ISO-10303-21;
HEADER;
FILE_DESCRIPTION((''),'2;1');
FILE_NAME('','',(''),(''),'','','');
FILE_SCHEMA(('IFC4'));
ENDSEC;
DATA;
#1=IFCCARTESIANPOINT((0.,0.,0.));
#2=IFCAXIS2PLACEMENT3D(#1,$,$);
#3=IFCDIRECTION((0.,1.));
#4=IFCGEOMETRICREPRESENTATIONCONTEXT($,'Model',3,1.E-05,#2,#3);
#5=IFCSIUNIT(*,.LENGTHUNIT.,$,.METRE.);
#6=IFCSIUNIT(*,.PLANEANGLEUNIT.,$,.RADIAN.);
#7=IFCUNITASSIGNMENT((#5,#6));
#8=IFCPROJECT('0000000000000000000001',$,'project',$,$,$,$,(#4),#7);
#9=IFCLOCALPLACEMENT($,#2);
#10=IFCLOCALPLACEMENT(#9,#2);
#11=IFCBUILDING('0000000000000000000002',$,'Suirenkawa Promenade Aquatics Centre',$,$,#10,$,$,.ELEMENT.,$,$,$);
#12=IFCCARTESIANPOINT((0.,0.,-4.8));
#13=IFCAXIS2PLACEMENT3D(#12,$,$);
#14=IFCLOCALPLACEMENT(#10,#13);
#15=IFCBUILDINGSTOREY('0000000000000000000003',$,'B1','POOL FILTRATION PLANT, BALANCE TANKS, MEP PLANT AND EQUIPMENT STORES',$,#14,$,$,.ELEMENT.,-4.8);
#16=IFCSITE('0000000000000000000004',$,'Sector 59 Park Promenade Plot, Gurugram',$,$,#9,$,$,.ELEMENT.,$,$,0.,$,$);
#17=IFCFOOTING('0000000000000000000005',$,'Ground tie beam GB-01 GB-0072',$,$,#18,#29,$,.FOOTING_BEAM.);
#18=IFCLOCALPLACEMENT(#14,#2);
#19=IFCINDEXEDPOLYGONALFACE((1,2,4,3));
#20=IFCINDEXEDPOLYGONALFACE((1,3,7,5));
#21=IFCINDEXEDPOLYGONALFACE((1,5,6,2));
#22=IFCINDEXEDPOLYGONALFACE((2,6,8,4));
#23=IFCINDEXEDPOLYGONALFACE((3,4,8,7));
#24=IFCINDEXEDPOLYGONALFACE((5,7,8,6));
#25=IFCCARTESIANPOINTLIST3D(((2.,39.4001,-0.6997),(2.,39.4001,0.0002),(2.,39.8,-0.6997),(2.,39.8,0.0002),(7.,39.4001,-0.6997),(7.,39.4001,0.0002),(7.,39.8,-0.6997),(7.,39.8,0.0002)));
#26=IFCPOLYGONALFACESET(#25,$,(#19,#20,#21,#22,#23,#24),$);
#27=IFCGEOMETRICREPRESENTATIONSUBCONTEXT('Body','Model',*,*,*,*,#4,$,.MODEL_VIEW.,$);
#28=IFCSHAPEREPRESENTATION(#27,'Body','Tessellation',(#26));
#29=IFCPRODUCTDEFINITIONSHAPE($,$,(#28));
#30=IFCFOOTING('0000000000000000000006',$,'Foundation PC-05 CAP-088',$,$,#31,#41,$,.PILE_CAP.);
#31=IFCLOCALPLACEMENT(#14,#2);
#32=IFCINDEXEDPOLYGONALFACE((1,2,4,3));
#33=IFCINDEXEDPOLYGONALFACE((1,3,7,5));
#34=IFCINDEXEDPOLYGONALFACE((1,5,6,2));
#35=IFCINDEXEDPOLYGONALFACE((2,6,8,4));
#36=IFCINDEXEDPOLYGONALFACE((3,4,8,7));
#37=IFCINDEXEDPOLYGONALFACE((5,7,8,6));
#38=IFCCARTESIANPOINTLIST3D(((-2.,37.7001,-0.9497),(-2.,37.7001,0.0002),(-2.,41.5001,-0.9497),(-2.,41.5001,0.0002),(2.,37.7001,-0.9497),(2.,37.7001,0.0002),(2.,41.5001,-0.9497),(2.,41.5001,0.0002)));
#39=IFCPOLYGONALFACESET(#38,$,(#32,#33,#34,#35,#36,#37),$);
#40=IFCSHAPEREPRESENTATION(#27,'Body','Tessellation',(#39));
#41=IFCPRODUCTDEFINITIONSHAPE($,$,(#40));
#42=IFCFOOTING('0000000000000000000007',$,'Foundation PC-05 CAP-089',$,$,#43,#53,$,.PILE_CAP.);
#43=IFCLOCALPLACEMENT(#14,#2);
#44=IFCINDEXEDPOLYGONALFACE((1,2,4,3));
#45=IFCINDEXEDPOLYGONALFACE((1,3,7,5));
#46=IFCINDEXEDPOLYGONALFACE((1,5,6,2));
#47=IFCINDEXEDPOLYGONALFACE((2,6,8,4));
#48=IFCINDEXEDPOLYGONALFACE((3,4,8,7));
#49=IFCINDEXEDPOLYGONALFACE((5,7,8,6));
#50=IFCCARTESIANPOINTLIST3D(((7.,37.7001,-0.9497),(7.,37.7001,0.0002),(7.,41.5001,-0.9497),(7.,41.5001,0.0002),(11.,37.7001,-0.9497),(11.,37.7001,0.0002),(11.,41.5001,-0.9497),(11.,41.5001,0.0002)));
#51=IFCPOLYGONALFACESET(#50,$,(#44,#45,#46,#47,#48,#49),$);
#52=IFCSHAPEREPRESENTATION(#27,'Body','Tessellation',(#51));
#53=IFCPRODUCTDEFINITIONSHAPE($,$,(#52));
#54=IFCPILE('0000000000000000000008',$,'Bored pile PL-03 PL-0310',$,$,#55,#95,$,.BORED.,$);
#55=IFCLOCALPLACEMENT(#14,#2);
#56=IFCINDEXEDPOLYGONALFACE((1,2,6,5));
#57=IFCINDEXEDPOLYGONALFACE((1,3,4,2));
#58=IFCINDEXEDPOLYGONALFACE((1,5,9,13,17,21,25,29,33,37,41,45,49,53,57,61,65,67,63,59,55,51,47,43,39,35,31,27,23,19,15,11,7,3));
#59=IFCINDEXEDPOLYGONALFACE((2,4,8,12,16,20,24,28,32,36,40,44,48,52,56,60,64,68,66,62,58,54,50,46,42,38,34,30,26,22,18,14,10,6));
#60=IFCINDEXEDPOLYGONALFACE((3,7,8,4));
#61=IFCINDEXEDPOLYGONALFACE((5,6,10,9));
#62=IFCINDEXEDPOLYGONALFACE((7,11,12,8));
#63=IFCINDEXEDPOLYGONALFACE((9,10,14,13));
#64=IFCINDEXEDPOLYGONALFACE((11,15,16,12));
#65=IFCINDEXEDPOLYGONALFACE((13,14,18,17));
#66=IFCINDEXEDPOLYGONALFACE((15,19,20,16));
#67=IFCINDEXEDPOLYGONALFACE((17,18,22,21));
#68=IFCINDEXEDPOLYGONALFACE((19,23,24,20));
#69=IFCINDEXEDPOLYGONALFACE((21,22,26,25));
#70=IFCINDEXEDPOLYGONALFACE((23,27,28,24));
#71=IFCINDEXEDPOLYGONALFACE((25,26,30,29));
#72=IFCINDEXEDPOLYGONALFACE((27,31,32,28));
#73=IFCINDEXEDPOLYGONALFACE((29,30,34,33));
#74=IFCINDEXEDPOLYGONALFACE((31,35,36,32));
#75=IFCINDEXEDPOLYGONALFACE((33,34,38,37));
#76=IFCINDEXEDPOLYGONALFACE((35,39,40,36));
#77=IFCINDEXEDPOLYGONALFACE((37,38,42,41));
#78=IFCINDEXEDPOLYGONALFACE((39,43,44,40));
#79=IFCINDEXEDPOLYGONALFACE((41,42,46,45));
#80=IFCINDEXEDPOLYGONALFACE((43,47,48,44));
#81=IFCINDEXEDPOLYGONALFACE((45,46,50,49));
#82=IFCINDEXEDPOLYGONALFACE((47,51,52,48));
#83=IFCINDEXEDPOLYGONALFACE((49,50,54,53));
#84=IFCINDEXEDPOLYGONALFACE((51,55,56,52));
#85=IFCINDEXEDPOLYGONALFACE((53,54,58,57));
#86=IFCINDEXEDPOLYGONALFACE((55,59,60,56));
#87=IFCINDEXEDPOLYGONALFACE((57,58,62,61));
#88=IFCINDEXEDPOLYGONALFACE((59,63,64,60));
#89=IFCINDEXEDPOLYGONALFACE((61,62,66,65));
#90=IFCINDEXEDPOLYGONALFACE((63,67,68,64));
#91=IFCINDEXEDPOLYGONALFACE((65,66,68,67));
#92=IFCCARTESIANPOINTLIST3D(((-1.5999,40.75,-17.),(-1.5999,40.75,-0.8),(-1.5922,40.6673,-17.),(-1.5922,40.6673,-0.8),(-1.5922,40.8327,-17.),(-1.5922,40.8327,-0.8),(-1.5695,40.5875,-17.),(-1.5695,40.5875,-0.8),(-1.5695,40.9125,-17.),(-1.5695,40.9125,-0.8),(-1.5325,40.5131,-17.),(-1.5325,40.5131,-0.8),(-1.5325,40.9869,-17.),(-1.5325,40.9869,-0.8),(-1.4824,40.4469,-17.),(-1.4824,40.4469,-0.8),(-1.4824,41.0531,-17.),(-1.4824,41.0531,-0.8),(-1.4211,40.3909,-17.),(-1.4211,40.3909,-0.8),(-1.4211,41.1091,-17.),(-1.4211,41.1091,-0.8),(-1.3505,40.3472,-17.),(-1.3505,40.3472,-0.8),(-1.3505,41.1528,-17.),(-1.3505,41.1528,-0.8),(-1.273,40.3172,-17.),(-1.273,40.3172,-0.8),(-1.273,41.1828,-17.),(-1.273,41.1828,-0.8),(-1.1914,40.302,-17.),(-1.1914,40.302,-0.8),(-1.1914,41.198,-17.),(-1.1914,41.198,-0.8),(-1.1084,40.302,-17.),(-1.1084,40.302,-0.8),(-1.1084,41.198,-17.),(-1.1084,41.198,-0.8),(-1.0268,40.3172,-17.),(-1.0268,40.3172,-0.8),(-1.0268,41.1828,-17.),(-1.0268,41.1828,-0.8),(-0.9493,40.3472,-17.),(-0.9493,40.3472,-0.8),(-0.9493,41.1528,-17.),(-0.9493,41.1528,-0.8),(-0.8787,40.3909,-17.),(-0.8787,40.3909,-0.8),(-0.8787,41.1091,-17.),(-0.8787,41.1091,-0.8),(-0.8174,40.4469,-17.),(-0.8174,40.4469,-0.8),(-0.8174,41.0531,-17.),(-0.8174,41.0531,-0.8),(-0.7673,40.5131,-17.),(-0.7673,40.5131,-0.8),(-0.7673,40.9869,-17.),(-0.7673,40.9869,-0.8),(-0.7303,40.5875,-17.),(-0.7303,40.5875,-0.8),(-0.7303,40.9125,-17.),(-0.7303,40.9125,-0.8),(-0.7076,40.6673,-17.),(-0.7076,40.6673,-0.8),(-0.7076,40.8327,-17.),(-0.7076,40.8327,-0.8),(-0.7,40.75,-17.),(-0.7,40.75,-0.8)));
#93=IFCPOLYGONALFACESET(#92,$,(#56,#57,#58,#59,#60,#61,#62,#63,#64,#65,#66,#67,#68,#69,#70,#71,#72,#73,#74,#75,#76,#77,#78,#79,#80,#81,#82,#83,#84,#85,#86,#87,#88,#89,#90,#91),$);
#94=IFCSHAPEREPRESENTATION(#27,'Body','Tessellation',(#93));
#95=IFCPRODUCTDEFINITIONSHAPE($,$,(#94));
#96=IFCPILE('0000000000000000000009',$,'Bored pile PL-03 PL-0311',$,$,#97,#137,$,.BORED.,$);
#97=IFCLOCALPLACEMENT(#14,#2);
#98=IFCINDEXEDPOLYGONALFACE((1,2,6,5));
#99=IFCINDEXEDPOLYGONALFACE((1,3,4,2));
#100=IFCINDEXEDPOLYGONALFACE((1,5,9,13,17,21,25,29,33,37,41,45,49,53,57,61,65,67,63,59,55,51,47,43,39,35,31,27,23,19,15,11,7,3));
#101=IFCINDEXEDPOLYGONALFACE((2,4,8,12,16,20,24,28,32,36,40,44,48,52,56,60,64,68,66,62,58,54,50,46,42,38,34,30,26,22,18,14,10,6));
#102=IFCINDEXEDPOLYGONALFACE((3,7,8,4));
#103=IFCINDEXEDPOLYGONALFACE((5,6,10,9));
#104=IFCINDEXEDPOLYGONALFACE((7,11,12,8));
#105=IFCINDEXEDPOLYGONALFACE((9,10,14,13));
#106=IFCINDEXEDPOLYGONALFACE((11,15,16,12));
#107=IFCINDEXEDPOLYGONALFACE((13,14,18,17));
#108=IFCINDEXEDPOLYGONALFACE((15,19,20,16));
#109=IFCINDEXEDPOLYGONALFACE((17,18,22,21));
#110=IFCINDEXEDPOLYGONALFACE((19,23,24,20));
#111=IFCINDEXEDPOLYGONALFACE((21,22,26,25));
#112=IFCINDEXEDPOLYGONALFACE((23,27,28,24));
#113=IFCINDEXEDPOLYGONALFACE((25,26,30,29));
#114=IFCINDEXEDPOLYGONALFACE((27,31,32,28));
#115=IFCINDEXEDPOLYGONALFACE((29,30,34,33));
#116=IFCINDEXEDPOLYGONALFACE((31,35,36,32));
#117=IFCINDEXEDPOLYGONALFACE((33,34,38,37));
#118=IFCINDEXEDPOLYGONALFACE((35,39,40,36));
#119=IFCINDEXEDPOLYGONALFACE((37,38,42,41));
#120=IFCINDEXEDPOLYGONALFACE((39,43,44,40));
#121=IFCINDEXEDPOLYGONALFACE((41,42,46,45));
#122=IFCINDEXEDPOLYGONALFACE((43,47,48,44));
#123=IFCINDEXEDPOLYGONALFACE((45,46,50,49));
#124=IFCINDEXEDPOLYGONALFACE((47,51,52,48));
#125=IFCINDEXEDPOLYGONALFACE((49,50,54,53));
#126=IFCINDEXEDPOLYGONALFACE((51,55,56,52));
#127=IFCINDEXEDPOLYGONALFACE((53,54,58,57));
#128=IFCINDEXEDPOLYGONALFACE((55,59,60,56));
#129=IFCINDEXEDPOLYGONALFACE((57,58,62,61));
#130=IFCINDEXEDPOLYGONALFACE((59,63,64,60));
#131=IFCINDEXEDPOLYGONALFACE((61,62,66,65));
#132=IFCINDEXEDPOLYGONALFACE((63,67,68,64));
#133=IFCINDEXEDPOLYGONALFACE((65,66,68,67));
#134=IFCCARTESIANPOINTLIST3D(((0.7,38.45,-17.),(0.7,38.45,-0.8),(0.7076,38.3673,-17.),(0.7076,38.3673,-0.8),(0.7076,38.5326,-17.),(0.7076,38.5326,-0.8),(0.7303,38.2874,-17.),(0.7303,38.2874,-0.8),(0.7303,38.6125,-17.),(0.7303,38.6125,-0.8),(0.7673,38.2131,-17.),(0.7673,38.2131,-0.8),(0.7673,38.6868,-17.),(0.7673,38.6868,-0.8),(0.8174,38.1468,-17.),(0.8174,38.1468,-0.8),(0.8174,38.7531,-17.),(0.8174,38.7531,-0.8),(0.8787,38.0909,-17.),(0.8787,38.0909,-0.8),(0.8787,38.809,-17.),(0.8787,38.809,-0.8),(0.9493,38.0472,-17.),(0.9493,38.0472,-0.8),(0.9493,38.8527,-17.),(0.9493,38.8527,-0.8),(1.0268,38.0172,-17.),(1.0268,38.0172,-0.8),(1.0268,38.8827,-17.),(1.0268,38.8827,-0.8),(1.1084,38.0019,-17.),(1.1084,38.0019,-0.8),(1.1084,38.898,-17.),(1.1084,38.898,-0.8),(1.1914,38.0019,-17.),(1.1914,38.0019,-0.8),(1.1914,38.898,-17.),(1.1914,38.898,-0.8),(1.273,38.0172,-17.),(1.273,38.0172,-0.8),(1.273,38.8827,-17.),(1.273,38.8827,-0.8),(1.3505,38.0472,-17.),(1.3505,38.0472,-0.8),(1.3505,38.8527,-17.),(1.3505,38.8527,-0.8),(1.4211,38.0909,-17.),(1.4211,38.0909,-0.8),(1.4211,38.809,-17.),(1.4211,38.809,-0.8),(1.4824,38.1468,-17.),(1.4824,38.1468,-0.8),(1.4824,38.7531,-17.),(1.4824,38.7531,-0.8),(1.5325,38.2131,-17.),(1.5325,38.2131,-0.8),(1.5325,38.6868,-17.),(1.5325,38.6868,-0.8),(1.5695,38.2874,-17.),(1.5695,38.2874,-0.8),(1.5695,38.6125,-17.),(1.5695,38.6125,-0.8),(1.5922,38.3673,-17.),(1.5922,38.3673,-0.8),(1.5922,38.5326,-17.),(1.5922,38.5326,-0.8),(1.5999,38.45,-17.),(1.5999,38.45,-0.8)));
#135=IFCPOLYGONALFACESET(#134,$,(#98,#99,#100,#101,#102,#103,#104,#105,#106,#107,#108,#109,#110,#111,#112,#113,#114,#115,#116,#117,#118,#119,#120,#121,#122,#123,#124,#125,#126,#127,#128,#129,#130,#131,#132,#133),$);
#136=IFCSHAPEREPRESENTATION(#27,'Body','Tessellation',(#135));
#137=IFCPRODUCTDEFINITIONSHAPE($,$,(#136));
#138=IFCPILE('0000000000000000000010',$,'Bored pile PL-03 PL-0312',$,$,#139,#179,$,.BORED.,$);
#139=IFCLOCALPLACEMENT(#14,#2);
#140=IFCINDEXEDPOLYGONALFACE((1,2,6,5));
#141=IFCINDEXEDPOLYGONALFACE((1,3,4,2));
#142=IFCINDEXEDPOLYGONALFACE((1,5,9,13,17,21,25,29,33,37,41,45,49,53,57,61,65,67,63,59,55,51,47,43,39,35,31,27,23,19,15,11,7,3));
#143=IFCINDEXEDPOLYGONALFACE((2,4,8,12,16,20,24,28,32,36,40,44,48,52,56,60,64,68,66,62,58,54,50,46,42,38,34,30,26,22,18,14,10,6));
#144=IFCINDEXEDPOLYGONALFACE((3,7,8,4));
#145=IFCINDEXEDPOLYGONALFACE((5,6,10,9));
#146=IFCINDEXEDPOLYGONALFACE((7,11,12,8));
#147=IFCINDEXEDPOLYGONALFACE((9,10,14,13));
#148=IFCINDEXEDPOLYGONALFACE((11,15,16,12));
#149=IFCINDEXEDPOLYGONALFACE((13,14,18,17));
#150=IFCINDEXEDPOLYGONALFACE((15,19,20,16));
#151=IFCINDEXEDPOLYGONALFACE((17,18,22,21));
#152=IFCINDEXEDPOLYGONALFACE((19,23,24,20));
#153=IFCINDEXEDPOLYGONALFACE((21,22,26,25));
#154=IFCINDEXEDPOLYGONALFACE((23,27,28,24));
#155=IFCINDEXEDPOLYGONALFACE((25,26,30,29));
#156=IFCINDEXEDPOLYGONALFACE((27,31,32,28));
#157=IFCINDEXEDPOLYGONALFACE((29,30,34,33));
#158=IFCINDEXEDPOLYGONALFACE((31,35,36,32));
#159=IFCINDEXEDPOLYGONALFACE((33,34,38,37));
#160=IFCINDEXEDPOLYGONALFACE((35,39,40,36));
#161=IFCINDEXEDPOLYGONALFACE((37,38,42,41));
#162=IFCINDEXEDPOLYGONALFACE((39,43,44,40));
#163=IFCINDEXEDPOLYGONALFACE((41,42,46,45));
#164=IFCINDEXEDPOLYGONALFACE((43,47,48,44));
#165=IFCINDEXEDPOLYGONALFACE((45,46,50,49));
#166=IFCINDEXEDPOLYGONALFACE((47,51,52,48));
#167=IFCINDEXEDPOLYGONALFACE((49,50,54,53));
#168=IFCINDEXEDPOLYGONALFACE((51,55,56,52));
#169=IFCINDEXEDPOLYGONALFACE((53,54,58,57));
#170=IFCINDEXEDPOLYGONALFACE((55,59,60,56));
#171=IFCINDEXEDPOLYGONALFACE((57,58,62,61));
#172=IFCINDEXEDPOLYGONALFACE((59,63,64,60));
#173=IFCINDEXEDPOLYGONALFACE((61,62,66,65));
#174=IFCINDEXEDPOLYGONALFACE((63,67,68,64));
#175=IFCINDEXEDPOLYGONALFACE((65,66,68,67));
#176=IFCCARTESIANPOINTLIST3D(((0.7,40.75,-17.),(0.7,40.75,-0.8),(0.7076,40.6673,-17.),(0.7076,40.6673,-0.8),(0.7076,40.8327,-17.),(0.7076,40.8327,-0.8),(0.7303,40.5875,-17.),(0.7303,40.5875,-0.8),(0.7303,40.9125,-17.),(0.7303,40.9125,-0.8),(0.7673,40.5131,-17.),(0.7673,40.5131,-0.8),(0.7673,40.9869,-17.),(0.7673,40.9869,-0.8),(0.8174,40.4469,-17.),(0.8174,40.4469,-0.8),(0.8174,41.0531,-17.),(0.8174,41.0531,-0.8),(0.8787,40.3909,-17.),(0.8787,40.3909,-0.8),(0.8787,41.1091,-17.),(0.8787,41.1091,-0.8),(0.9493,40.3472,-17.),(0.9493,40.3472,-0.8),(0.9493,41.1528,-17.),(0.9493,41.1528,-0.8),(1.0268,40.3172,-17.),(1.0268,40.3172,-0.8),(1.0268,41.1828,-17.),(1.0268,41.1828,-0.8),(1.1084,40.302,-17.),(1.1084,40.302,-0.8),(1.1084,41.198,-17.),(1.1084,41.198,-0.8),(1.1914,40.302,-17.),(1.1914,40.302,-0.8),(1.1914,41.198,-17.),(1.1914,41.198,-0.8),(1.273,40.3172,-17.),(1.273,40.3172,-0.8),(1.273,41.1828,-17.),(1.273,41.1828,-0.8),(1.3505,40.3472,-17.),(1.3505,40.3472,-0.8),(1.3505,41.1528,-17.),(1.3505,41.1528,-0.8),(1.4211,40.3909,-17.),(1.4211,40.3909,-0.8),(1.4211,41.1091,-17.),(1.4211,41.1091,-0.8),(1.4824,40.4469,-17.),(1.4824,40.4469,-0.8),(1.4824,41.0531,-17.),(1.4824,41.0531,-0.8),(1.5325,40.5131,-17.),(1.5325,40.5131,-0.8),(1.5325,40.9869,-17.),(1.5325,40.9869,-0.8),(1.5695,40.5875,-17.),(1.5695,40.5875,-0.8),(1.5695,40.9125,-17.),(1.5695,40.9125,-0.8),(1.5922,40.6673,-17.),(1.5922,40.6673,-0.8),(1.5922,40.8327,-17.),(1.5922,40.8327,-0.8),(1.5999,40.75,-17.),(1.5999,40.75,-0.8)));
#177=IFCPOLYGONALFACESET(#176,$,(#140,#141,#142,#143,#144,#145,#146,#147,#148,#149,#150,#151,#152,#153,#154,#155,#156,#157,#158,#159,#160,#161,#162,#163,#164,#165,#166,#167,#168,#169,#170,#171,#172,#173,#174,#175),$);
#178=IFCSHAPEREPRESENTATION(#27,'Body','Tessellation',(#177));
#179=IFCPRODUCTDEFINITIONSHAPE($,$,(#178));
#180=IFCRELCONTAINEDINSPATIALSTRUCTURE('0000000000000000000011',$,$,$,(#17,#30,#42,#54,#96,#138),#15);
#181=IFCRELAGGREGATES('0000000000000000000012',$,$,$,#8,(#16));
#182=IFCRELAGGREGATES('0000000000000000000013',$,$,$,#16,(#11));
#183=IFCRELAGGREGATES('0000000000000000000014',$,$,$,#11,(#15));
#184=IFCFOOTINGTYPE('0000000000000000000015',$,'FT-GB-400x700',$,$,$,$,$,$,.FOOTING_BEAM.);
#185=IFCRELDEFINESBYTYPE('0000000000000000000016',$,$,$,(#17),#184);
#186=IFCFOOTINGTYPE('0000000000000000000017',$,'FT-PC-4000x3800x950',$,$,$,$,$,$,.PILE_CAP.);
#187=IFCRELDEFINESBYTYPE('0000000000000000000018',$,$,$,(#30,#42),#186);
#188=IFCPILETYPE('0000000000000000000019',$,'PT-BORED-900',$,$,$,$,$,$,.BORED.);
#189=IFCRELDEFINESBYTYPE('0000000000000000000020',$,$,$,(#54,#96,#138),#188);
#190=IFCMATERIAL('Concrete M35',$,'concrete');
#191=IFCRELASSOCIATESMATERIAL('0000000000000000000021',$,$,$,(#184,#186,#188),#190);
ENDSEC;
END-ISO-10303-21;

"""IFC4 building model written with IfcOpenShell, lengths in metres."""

from ifc_helpers import new_model, si_unit, direction, frame, origin, origin_2d, place, context, subcontext, project, spatial, rectangle, circle, extrude, material, material_profile, profile_set, type_object, element, save


model = new_model("IFC4")

# Units and contexts
model_context = context("Model", 3, precision=1e-05, world=origin(), true_north=direction((0.0, 1.0)))
body_context = subcontext(model_context, "Body", "Model", "MODEL_VIEW")
ifc_project = project(units=[si_unit("LENGTHUNIT", "METRE"), si_unit("PLANEANGLEUNIT", "RADIAN")], contexts=[model_context])

# Site, building, storey
site_placement = place(None, origin())
site = spatial("IfcSite", under=ifc_project, at=site_placement, Name="Sector 59 Park Promenade Plot, Gurugram", CompositionType="ELEMENT", RefElevation=0.0)
building_placement = place(site_placement, origin())
building = spatial("IfcBuilding", under=site, at=building_placement, Name="Suirenkawa Promenade Aquatics Centre", CompositionType="ELEMENT")
storey_placement = place(building_placement, frame((0.0, 0.0, -4.8)))
storey = spatial("IfcBuildingStorey", under=building, at=storey_placement, Name="B1", Description="POOL FILTRATION PLANT, BALANCE TANKS, MEP PLANT AND EQUIPMENT STORES", CompositionType="ELEMENT", Elevation=-4.8)

# Footings
ifc_material_1 = material(Name="Concrete M35", Category="concrete")
footing_type_1 = type_object("IfcFootingType", Name="FT-GB-400x700", PredefinedType="FOOTING_BEAM", material=ifc_material_1)
footing_placement = place(storey_placement, frame((4.5, 39.6001, -0.6997), z_axis=(0.0, 0.0, 1.0), x_axis=(1.0, 0.0, 0.0)))
element("IfcFooting", 1, at=footing_placement, inside=storey, type_object=footing_type_1, Name="Ground tie beam GB-01 GB-0072", PredefinedType="FOOTING_BEAM", context=body_context, shape_type="SweptSolid", body=[
    extrude(rectangle(XDim=5.0, YDim=0.3999, at=origin_2d()), origin(), (0.0, 0.0, 1.0), 0.7),
])
footing_type_2 = type_object("IfcFootingType", Name="FT-PC-4000x3800x950", PredefinedType="PILE_CAP", material=ifc_material_1)
for number, where, z_axis, x_axis, name in (
    (2, (0.0, 39.6001, -0.9497), (0.0, 0.0, 1.0), (1.0, 0.0, 0.0), "Foundation PC-05 CAP-088"),
    (3, (9.0, 39.6001, -0.9497), (0.0, 0.0, 1.0), (1.0, 0.0, 0.0), "Foundation PC-05 CAP-089"),
):
    element("IfcFooting", number, at=place(storey_placement, frame(where, z_axis=z_axis, x_axis=x_axis)), inside=storey, type_object=footing_type_2, Name=name, PredefinedType="PILE_CAP", context=body_context, shape_type="SweptSolid", body=[
        extrude(rectangle(XDim=4.0, YDim=3.8, at=origin_2d()), origin(), (0.0, 0.0, 1.0), 0.95),
    ])

# Piles
ifc_material_profile_1 = material_profile(ifc_material_1, circle(Radius=0.45, at=origin_2d()), Name="PILE D900", Category="concrete")
ifc_profile_set_1 = profile_set([ifc_material_profile_1], Name="Concrete M35")
pile_type = type_object("IfcPileType", Name="PT-BORED-900", PredefinedType="BORED", material=ifc_profile_set_1)
for number, where, z_axis, x_axis, name in (
    (4, (-1.1499, 40.75, -0.8), (0.0, 0.0, -1.0), (1.0, 0.0, 0.0), "Bored pile PL-03 PL-0310"),
    (5, (1.1499, 38.45, -0.8), (0.0, 0.0, -1.0), (1.0, 0.0, 0.0), "Bored pile PL-03 PL-0311"),
    (6, (1.1499, 40.75, -0.8), (0.0, 0.0, -1.0), (1.0, 0.0, 0.0), "Bored pile PL-03 PL-0312"),
):
    element("IfcPile", number, at=place(storey_placement, frame(where, z_axis=z_axis, x_axis=x_axis)), inside=storey, type_object=pile_type, Name=name, PredefinedType="BORED", context=body_context, shape_type="SweptSolid", body=[
        extrude(circle(Radius=0.45, at=origin_2d()), origin(), (0.0, 0.0, 1.0), 16.2),
    ])

save(model, "model.ifc")
